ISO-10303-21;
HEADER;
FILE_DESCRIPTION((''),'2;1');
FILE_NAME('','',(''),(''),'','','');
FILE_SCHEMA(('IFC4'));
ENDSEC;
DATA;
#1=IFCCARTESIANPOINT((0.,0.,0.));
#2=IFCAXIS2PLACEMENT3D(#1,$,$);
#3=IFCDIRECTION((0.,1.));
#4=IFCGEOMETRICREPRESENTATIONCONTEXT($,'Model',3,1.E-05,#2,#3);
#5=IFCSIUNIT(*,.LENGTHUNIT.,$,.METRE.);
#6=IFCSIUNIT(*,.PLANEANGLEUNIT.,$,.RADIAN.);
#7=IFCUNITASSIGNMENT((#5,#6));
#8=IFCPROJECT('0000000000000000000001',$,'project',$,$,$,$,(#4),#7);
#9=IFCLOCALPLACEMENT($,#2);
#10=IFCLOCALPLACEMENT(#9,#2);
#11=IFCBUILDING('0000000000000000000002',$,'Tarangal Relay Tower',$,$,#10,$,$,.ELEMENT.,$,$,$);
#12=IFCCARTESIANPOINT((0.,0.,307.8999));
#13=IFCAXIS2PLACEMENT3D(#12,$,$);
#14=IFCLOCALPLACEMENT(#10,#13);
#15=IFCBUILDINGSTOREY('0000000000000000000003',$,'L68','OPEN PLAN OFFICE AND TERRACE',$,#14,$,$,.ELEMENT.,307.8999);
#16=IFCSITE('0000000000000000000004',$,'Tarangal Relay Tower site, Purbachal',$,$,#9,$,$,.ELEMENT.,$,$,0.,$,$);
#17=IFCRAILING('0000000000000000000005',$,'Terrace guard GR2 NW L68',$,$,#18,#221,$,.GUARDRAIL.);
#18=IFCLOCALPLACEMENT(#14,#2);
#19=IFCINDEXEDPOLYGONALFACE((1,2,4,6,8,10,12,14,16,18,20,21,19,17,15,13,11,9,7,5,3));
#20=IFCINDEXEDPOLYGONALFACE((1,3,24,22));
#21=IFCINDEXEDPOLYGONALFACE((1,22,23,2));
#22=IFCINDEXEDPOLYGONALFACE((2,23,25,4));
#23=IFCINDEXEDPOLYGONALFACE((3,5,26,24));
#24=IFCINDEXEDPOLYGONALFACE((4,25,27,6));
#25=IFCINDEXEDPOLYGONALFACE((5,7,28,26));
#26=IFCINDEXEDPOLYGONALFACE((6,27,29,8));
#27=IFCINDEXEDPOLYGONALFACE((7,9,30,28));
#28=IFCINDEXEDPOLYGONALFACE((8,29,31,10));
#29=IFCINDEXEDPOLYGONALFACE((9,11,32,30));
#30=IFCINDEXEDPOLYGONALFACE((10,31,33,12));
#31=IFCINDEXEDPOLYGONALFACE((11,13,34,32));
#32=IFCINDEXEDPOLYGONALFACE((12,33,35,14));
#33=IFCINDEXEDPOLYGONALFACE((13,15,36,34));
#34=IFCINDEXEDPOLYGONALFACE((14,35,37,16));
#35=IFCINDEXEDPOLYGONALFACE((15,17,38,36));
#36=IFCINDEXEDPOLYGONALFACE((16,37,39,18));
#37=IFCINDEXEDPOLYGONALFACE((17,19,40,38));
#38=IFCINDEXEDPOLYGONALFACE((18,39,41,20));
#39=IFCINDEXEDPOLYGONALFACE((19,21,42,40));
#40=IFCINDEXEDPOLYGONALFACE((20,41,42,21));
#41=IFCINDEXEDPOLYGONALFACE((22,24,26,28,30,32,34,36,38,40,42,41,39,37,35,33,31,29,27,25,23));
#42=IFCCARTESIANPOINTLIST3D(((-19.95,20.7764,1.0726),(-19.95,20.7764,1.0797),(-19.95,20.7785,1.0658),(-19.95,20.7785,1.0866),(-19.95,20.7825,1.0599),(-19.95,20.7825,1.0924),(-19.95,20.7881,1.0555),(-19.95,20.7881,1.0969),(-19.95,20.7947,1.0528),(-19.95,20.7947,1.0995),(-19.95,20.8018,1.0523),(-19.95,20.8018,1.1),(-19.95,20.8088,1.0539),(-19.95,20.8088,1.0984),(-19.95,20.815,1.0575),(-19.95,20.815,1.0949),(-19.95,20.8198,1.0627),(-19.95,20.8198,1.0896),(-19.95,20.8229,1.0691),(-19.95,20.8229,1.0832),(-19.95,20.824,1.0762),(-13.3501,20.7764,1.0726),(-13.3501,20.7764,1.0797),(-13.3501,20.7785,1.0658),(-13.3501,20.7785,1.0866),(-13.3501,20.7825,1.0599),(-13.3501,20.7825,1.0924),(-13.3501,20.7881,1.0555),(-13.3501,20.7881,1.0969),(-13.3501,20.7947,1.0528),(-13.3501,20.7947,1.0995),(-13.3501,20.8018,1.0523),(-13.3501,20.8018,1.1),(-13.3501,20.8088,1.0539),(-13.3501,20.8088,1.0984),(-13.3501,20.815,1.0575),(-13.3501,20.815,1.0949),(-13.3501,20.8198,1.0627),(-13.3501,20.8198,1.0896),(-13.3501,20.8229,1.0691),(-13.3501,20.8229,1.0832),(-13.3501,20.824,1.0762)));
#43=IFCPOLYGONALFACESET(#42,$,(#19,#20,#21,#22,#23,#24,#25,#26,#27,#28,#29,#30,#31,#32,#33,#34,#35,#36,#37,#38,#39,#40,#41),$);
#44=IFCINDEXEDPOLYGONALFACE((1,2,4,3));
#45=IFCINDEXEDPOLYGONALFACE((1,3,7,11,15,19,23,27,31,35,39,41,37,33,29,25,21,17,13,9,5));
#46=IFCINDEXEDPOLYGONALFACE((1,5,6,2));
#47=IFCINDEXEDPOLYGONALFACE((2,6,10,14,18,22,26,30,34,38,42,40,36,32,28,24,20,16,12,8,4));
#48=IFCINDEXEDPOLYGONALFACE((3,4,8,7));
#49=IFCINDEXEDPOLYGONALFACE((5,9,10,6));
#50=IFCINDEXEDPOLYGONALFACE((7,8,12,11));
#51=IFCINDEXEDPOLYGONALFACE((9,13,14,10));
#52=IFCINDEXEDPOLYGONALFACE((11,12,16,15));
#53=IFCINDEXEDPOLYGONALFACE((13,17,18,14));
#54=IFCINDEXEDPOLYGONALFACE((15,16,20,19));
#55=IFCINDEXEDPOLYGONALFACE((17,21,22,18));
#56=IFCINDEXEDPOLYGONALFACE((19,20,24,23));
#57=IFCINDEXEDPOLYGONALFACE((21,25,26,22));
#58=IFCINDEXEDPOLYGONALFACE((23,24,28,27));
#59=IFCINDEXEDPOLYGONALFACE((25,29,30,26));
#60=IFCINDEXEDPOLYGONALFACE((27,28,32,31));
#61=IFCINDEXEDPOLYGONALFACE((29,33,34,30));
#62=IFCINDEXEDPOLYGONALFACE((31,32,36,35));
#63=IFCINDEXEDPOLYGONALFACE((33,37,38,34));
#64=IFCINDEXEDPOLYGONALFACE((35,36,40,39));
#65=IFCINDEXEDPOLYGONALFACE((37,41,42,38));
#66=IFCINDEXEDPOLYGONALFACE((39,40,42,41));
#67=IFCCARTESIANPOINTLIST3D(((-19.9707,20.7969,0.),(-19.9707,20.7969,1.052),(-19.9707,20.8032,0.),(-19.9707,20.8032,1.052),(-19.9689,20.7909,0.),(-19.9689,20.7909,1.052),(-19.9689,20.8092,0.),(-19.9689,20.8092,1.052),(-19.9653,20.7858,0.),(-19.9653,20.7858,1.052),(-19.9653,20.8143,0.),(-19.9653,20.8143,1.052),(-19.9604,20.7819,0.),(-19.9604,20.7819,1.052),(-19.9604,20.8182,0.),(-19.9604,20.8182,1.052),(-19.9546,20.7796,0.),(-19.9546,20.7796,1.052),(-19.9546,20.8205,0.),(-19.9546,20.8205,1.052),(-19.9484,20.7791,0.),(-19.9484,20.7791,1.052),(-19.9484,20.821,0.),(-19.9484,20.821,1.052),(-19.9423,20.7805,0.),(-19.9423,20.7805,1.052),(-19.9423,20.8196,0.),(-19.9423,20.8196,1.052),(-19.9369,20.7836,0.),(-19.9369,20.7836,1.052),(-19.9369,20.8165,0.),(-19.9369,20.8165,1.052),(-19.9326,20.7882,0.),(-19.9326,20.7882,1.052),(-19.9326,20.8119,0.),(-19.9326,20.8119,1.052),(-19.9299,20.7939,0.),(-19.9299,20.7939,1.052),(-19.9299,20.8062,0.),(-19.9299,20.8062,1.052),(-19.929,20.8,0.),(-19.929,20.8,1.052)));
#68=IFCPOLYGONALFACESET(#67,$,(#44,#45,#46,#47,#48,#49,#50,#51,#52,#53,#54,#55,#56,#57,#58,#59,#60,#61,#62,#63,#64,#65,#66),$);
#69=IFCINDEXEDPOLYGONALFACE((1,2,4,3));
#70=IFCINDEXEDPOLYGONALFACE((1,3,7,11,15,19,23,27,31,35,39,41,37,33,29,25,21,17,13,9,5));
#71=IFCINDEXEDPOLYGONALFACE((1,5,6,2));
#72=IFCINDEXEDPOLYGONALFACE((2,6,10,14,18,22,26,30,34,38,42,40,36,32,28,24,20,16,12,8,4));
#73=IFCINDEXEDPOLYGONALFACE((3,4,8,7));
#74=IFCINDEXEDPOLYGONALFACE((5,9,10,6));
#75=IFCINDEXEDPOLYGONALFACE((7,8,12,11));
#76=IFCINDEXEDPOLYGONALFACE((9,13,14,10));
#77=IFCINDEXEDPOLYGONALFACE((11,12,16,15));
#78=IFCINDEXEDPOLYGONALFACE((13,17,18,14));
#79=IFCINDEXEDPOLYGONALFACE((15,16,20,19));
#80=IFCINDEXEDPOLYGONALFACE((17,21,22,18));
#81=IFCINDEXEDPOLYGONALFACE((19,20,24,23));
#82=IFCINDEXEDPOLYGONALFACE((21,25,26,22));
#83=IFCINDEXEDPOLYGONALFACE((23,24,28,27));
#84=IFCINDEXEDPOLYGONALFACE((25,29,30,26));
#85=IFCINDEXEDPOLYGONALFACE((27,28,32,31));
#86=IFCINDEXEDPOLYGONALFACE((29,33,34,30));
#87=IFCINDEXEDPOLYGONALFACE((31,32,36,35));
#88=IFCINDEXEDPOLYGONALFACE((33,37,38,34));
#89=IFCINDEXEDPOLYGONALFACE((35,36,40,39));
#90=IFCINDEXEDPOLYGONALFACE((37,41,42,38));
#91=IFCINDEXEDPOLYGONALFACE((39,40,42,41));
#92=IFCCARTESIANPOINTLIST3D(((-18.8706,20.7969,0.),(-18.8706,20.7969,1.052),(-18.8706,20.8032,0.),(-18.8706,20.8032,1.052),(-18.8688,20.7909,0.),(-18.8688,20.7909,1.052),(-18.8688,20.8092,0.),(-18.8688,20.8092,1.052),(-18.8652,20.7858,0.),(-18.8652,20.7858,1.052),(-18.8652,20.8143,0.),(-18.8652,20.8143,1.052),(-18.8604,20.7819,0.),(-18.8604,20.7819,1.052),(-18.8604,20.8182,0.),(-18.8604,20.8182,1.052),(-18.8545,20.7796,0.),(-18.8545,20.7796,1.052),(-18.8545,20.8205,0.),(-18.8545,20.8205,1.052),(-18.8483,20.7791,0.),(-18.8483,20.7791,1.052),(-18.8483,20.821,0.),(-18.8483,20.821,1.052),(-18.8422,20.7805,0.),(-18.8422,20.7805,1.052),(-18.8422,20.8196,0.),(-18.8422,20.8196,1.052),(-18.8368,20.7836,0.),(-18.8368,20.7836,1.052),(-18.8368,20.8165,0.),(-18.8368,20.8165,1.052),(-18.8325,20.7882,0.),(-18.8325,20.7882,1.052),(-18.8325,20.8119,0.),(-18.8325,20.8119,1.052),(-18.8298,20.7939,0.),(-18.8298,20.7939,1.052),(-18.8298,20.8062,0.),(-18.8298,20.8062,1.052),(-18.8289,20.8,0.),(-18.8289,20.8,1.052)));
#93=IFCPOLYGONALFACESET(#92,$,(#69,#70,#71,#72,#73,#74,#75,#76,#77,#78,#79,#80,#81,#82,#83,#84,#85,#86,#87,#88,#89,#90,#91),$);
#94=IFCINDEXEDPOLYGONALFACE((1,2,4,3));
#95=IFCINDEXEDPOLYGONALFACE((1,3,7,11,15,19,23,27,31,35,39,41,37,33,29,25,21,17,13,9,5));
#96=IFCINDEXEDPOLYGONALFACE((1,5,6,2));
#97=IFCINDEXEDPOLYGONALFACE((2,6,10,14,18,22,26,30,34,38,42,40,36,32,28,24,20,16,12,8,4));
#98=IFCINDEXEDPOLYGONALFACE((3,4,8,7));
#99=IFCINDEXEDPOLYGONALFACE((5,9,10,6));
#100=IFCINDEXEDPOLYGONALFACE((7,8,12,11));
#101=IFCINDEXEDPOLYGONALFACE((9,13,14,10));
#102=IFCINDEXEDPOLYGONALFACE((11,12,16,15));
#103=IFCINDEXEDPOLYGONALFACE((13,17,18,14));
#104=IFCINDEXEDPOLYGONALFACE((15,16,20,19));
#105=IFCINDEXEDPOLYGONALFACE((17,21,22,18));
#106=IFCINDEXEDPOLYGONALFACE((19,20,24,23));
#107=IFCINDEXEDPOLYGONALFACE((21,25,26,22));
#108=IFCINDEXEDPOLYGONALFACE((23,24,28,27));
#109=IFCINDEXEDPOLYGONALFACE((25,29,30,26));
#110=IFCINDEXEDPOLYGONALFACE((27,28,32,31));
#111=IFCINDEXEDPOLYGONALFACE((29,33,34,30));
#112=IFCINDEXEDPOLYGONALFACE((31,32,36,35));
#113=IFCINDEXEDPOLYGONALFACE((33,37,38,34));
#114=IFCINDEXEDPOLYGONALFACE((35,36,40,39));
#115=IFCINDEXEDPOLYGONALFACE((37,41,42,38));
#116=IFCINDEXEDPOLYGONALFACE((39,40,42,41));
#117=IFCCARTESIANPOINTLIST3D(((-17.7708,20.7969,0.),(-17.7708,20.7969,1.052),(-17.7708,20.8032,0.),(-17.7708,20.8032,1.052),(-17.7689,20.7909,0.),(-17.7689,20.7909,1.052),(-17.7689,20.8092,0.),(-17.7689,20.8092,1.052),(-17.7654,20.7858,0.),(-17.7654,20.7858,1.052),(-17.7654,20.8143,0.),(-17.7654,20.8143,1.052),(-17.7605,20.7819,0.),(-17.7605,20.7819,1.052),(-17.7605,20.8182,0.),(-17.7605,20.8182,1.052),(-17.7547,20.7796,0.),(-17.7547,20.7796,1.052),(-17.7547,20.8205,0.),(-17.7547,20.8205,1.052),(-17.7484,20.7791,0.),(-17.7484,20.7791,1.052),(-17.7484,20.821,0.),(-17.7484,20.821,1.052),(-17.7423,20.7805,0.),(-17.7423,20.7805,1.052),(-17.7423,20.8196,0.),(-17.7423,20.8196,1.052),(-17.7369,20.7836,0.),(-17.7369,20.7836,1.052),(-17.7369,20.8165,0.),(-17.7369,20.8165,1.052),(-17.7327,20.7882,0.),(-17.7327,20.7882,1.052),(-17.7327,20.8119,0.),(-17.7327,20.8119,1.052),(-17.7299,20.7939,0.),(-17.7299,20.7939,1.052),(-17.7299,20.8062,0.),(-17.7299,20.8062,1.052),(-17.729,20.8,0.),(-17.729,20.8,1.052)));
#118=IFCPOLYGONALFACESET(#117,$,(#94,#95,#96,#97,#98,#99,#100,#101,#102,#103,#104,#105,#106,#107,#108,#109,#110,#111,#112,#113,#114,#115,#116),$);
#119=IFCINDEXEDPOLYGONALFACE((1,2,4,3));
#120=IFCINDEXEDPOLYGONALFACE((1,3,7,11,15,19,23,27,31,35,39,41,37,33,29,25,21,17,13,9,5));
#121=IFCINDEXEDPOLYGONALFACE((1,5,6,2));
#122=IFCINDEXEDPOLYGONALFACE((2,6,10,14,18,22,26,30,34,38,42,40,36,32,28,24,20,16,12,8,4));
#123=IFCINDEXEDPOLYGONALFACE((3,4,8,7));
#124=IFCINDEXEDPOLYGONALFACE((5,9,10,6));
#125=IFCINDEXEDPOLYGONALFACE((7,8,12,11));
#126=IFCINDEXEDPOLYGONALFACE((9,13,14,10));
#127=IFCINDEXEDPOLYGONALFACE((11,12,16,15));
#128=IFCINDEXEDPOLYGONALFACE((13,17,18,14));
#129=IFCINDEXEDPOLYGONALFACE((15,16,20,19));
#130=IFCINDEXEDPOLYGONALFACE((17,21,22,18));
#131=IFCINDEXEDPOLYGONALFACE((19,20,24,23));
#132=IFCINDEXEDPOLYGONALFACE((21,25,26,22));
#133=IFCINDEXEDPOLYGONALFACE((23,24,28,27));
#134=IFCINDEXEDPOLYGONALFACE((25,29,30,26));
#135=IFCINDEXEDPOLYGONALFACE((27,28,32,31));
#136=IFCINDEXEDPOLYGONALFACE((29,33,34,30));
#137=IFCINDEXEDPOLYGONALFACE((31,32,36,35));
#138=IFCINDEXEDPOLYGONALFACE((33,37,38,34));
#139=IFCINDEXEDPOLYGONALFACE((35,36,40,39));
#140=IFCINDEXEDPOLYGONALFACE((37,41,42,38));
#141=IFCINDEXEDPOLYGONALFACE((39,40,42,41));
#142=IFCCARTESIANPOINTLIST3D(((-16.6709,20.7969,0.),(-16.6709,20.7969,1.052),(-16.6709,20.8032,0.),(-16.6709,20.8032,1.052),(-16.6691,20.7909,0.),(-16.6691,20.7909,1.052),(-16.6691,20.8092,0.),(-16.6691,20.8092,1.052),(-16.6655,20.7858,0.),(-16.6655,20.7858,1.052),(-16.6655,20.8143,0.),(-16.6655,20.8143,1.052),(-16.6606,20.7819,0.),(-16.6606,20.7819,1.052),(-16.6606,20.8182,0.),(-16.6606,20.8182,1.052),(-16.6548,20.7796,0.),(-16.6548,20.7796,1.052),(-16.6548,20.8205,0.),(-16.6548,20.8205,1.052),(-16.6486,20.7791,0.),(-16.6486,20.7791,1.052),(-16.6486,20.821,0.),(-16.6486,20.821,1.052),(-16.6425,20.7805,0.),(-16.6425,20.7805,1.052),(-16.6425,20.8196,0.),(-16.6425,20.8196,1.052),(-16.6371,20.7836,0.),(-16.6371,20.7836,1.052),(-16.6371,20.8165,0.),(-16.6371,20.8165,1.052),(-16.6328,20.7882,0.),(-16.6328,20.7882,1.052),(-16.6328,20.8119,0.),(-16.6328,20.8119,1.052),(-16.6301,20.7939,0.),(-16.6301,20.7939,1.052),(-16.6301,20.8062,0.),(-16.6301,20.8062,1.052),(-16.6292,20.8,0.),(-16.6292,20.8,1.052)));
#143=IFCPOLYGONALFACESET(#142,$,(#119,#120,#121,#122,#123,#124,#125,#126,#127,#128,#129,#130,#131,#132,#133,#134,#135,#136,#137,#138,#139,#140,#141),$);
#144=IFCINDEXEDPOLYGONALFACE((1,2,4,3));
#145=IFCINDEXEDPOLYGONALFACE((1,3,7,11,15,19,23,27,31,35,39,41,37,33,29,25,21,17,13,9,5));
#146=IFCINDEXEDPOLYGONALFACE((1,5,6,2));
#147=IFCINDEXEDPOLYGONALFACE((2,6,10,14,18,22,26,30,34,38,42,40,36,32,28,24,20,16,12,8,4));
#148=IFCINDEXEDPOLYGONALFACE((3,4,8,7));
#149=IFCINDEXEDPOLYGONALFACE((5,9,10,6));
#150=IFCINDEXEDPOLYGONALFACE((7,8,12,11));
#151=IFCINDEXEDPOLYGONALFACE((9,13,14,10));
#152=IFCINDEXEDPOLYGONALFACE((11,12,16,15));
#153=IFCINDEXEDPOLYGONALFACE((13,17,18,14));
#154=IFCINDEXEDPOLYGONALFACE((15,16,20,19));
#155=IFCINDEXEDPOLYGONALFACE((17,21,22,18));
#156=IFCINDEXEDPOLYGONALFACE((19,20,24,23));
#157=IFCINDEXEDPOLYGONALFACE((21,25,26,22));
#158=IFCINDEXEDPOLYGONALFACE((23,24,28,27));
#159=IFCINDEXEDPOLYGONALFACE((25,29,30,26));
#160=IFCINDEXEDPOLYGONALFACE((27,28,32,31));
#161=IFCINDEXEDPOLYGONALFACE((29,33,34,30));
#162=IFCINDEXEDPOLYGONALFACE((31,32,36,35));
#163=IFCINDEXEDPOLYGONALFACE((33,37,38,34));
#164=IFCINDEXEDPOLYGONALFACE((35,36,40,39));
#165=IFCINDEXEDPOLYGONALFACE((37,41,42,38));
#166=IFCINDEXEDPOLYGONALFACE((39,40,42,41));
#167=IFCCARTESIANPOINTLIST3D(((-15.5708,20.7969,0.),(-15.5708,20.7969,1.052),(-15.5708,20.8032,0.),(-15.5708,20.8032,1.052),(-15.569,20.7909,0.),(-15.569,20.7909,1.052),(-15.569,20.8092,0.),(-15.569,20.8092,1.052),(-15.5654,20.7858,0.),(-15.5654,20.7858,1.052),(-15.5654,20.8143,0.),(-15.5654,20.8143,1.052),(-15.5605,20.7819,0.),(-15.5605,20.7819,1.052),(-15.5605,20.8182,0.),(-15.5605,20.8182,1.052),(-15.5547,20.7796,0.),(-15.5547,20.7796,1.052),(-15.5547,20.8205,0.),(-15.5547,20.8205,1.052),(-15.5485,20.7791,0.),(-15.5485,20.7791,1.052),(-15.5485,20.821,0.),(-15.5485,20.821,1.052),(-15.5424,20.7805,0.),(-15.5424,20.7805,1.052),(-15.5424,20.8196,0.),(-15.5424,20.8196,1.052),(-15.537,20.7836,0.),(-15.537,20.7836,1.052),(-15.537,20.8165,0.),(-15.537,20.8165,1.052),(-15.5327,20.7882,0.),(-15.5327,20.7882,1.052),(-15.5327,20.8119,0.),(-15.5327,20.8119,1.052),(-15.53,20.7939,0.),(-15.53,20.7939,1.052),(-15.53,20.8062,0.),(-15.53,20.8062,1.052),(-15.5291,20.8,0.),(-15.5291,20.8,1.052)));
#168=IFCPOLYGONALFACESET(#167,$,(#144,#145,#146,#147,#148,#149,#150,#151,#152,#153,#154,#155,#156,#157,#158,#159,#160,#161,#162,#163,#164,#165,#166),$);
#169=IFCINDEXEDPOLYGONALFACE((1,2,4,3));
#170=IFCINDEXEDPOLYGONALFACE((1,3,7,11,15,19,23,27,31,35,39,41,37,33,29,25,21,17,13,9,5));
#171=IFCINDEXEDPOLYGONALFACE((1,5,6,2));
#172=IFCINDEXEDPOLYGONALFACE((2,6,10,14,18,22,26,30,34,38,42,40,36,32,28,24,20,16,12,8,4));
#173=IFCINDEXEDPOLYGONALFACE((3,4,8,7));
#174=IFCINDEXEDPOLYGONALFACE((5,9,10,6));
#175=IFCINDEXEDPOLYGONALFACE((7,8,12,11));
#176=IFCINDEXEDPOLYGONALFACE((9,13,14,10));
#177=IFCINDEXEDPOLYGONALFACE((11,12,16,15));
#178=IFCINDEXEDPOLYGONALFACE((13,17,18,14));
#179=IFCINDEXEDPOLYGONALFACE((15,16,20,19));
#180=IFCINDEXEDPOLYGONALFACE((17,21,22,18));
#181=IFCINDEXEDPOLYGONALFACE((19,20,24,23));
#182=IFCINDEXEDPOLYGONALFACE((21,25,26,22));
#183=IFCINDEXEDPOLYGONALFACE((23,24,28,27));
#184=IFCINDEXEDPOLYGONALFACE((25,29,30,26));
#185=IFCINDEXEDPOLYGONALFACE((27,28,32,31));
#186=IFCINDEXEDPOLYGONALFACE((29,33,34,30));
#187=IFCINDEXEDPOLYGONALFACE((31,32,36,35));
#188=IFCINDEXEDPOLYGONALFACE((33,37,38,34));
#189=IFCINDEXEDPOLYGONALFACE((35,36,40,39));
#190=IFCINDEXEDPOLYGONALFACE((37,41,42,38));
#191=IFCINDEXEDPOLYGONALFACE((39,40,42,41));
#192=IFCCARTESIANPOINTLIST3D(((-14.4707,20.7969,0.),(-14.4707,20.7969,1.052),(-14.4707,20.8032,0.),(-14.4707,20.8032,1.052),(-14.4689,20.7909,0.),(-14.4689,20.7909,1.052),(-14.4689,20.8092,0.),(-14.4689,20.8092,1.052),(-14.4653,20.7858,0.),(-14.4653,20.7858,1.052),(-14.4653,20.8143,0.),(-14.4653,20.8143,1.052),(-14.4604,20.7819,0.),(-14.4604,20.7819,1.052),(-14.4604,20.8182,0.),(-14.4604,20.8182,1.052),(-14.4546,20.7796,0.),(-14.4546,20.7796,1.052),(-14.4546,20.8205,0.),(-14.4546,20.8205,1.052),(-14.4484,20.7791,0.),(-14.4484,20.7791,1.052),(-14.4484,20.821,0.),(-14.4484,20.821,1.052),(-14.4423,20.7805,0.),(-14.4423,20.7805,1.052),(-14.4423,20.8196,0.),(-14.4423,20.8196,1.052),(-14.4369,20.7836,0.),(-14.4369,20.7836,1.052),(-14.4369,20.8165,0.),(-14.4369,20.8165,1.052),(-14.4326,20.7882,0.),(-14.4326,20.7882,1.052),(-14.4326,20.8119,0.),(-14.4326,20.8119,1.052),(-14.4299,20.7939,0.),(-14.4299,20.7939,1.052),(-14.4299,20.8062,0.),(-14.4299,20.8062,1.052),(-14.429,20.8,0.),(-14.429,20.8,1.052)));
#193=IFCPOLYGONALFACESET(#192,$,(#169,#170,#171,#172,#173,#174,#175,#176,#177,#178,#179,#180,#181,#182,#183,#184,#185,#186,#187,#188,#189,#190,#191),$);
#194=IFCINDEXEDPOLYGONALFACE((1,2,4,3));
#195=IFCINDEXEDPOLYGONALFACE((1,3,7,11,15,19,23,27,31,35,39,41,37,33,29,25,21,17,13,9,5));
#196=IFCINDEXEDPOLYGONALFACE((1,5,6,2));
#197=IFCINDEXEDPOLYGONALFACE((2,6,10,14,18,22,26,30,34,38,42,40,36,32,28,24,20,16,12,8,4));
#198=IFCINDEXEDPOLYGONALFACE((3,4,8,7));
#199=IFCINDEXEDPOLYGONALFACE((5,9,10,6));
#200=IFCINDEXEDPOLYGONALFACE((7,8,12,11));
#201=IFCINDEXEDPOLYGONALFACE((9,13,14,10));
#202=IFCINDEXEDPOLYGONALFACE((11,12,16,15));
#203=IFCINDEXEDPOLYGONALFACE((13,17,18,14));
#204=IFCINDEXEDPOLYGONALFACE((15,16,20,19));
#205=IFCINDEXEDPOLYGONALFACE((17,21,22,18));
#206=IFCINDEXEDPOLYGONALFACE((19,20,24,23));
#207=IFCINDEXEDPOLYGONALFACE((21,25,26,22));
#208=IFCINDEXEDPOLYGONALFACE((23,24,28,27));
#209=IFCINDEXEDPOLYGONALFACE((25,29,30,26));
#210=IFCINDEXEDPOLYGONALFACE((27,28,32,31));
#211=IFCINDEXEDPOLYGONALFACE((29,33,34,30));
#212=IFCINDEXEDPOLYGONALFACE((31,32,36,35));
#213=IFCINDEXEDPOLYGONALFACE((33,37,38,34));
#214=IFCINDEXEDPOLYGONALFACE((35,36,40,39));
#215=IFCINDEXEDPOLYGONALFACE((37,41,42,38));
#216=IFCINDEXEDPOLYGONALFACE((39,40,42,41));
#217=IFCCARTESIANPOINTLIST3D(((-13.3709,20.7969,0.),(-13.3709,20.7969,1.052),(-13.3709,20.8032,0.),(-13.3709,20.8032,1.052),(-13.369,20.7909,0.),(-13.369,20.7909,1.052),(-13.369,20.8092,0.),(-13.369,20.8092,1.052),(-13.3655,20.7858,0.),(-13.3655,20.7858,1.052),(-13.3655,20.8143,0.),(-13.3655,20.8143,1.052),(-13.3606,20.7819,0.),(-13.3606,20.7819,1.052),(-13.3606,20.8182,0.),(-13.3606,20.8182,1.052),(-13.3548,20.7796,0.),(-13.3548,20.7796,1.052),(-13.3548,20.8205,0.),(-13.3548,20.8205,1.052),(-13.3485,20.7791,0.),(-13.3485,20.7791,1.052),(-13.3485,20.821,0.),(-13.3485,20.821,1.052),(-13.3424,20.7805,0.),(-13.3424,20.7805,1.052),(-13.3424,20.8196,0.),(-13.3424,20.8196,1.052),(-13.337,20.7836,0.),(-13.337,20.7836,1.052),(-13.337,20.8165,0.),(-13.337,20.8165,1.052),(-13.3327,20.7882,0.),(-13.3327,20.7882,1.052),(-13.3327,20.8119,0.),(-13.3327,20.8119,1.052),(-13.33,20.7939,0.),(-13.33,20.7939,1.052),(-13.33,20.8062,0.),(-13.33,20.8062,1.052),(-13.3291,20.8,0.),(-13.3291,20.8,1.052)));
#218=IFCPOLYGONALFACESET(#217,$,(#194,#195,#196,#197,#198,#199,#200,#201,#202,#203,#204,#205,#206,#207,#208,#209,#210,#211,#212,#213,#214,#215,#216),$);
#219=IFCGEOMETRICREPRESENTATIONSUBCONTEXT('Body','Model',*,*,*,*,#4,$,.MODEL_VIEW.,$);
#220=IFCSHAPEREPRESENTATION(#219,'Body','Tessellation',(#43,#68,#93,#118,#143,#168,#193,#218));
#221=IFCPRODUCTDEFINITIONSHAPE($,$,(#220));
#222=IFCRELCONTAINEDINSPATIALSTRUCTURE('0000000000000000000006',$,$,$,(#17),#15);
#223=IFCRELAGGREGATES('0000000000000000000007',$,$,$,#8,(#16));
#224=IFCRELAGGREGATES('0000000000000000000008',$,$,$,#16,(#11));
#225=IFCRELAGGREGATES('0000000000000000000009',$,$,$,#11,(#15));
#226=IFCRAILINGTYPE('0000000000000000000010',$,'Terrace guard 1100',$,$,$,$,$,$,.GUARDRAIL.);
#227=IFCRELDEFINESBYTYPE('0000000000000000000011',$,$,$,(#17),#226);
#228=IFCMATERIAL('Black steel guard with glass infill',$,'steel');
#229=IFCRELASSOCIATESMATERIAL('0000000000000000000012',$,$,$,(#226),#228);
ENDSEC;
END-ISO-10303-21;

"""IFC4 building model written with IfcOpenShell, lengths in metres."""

from ifc_helpers import new_model, si_unit, direction, frame, origin, origin_2d, place, context, subcontext, project, spatial, circle, extrude, material, type_object, element, save


model = new_model("IFC4")

# Units and contexts
model_context = context("Model", 3, precision=1e-05, world=origin(), true_north=direction((0.0, 1.0)))
body_context = subcontext(model_context, "Body", "Model", "MODEL_VIEW")
ifc_project = project(units=[si_unit("LENGTHUNIT", "METRE"), si_unit("PLANEANGLEUNIT", "RADIAN")], contexts=[model_context])

# Site, building, storey
site_placement = place(None, origin())
site = spatial("IfcSite", under=ifc_project, at=site_placement, Name="Tarangal Relay Tower site, Purbachal", CompositionType="ELEMENT", RefElevation=0.0)
building_placement = place(site_placement, origin())
building = spatial("IfcBuilding", under=site, at=building_placement, Name="Tarangal Relay Tower", CompositionType="ELEMENT")
storey_placement = place(building_placement, frame((0.0, 0.0, 307.8999)))
storey = spatial("IfcBuildingStorey", under=building, at=storey_placement, Name="L68", Description="OPEN PLAN OFFICE AND TERRACE", CompositionType="ELEMENT", Elevation=307.8999)

# Railing
ifc_material_1 = material(Name="Black steel guard with glass infill", Category="steel")
railing_type = type_object("IfcRailingType", Name="Terrace guard 1100", PredefinedType="GUARDRAIL", material=ifc_material_1)
railing_1_placement = place(storey_placement, frame((-19.95, 20.8, 0.0)))
element("IfcRailing", 1, at=railing_1_placement, inside=storey, type_object=railing_type, Name="Terrace guard GR2 NW L68", PredefinedType="GUARDRAIL", context=body_context, shape_type="SweptSolid", body=[
    extrude(circle(Radius=0.0239, at=origin_2d()), frame((0.0, 0.0, 1.0762), z_axis=(1.0, 0.0, 0.0), x_axis=(0.0, 1.0, 0.0)), (0.0, 0.0, 1.0), 6.5999),
    extrude(circle(Radius=0.021, at=origin_2d()), origin(), (0.0, 0.0, 1.0), 1.052),
    extrude(circle(Radius=0.021, at=origin_2d()), frame((1.1001, 0.0, 0.0)), (0.0, 0.0, 1.0), 1.052),
    extrude(circle(Radius=0.021, at=origin_2d()), frame((2.2, 0.0, 0.0)), (0.0, 0.0, 1.0), 1.052),
    extrude(circle(Radius=0.021, at=origin_2d()), frame((3.2998, 0.0, 0.0)), (0.0, 0.0, 1.0), 1.052),
    extrude(circle(Radius=0.021, at=origin_2d()), frame((4.3999, 0.0, 0.0)), (0.0, 0.0, 1.0), 1.052),
    extrude(circle(Radius=0.021, at=origin_2d()), frame((5.5, 0.0, 0.0)), (0.0, 0.0, 1.0), 1.052),
    extrude(circle(Radius=0.021, at=origin_2d()), frame((6.5999, 0.0, 0.0)), (0.0, 0.0, 1.0), 1.052),
])

save(model, "model.ifc")
